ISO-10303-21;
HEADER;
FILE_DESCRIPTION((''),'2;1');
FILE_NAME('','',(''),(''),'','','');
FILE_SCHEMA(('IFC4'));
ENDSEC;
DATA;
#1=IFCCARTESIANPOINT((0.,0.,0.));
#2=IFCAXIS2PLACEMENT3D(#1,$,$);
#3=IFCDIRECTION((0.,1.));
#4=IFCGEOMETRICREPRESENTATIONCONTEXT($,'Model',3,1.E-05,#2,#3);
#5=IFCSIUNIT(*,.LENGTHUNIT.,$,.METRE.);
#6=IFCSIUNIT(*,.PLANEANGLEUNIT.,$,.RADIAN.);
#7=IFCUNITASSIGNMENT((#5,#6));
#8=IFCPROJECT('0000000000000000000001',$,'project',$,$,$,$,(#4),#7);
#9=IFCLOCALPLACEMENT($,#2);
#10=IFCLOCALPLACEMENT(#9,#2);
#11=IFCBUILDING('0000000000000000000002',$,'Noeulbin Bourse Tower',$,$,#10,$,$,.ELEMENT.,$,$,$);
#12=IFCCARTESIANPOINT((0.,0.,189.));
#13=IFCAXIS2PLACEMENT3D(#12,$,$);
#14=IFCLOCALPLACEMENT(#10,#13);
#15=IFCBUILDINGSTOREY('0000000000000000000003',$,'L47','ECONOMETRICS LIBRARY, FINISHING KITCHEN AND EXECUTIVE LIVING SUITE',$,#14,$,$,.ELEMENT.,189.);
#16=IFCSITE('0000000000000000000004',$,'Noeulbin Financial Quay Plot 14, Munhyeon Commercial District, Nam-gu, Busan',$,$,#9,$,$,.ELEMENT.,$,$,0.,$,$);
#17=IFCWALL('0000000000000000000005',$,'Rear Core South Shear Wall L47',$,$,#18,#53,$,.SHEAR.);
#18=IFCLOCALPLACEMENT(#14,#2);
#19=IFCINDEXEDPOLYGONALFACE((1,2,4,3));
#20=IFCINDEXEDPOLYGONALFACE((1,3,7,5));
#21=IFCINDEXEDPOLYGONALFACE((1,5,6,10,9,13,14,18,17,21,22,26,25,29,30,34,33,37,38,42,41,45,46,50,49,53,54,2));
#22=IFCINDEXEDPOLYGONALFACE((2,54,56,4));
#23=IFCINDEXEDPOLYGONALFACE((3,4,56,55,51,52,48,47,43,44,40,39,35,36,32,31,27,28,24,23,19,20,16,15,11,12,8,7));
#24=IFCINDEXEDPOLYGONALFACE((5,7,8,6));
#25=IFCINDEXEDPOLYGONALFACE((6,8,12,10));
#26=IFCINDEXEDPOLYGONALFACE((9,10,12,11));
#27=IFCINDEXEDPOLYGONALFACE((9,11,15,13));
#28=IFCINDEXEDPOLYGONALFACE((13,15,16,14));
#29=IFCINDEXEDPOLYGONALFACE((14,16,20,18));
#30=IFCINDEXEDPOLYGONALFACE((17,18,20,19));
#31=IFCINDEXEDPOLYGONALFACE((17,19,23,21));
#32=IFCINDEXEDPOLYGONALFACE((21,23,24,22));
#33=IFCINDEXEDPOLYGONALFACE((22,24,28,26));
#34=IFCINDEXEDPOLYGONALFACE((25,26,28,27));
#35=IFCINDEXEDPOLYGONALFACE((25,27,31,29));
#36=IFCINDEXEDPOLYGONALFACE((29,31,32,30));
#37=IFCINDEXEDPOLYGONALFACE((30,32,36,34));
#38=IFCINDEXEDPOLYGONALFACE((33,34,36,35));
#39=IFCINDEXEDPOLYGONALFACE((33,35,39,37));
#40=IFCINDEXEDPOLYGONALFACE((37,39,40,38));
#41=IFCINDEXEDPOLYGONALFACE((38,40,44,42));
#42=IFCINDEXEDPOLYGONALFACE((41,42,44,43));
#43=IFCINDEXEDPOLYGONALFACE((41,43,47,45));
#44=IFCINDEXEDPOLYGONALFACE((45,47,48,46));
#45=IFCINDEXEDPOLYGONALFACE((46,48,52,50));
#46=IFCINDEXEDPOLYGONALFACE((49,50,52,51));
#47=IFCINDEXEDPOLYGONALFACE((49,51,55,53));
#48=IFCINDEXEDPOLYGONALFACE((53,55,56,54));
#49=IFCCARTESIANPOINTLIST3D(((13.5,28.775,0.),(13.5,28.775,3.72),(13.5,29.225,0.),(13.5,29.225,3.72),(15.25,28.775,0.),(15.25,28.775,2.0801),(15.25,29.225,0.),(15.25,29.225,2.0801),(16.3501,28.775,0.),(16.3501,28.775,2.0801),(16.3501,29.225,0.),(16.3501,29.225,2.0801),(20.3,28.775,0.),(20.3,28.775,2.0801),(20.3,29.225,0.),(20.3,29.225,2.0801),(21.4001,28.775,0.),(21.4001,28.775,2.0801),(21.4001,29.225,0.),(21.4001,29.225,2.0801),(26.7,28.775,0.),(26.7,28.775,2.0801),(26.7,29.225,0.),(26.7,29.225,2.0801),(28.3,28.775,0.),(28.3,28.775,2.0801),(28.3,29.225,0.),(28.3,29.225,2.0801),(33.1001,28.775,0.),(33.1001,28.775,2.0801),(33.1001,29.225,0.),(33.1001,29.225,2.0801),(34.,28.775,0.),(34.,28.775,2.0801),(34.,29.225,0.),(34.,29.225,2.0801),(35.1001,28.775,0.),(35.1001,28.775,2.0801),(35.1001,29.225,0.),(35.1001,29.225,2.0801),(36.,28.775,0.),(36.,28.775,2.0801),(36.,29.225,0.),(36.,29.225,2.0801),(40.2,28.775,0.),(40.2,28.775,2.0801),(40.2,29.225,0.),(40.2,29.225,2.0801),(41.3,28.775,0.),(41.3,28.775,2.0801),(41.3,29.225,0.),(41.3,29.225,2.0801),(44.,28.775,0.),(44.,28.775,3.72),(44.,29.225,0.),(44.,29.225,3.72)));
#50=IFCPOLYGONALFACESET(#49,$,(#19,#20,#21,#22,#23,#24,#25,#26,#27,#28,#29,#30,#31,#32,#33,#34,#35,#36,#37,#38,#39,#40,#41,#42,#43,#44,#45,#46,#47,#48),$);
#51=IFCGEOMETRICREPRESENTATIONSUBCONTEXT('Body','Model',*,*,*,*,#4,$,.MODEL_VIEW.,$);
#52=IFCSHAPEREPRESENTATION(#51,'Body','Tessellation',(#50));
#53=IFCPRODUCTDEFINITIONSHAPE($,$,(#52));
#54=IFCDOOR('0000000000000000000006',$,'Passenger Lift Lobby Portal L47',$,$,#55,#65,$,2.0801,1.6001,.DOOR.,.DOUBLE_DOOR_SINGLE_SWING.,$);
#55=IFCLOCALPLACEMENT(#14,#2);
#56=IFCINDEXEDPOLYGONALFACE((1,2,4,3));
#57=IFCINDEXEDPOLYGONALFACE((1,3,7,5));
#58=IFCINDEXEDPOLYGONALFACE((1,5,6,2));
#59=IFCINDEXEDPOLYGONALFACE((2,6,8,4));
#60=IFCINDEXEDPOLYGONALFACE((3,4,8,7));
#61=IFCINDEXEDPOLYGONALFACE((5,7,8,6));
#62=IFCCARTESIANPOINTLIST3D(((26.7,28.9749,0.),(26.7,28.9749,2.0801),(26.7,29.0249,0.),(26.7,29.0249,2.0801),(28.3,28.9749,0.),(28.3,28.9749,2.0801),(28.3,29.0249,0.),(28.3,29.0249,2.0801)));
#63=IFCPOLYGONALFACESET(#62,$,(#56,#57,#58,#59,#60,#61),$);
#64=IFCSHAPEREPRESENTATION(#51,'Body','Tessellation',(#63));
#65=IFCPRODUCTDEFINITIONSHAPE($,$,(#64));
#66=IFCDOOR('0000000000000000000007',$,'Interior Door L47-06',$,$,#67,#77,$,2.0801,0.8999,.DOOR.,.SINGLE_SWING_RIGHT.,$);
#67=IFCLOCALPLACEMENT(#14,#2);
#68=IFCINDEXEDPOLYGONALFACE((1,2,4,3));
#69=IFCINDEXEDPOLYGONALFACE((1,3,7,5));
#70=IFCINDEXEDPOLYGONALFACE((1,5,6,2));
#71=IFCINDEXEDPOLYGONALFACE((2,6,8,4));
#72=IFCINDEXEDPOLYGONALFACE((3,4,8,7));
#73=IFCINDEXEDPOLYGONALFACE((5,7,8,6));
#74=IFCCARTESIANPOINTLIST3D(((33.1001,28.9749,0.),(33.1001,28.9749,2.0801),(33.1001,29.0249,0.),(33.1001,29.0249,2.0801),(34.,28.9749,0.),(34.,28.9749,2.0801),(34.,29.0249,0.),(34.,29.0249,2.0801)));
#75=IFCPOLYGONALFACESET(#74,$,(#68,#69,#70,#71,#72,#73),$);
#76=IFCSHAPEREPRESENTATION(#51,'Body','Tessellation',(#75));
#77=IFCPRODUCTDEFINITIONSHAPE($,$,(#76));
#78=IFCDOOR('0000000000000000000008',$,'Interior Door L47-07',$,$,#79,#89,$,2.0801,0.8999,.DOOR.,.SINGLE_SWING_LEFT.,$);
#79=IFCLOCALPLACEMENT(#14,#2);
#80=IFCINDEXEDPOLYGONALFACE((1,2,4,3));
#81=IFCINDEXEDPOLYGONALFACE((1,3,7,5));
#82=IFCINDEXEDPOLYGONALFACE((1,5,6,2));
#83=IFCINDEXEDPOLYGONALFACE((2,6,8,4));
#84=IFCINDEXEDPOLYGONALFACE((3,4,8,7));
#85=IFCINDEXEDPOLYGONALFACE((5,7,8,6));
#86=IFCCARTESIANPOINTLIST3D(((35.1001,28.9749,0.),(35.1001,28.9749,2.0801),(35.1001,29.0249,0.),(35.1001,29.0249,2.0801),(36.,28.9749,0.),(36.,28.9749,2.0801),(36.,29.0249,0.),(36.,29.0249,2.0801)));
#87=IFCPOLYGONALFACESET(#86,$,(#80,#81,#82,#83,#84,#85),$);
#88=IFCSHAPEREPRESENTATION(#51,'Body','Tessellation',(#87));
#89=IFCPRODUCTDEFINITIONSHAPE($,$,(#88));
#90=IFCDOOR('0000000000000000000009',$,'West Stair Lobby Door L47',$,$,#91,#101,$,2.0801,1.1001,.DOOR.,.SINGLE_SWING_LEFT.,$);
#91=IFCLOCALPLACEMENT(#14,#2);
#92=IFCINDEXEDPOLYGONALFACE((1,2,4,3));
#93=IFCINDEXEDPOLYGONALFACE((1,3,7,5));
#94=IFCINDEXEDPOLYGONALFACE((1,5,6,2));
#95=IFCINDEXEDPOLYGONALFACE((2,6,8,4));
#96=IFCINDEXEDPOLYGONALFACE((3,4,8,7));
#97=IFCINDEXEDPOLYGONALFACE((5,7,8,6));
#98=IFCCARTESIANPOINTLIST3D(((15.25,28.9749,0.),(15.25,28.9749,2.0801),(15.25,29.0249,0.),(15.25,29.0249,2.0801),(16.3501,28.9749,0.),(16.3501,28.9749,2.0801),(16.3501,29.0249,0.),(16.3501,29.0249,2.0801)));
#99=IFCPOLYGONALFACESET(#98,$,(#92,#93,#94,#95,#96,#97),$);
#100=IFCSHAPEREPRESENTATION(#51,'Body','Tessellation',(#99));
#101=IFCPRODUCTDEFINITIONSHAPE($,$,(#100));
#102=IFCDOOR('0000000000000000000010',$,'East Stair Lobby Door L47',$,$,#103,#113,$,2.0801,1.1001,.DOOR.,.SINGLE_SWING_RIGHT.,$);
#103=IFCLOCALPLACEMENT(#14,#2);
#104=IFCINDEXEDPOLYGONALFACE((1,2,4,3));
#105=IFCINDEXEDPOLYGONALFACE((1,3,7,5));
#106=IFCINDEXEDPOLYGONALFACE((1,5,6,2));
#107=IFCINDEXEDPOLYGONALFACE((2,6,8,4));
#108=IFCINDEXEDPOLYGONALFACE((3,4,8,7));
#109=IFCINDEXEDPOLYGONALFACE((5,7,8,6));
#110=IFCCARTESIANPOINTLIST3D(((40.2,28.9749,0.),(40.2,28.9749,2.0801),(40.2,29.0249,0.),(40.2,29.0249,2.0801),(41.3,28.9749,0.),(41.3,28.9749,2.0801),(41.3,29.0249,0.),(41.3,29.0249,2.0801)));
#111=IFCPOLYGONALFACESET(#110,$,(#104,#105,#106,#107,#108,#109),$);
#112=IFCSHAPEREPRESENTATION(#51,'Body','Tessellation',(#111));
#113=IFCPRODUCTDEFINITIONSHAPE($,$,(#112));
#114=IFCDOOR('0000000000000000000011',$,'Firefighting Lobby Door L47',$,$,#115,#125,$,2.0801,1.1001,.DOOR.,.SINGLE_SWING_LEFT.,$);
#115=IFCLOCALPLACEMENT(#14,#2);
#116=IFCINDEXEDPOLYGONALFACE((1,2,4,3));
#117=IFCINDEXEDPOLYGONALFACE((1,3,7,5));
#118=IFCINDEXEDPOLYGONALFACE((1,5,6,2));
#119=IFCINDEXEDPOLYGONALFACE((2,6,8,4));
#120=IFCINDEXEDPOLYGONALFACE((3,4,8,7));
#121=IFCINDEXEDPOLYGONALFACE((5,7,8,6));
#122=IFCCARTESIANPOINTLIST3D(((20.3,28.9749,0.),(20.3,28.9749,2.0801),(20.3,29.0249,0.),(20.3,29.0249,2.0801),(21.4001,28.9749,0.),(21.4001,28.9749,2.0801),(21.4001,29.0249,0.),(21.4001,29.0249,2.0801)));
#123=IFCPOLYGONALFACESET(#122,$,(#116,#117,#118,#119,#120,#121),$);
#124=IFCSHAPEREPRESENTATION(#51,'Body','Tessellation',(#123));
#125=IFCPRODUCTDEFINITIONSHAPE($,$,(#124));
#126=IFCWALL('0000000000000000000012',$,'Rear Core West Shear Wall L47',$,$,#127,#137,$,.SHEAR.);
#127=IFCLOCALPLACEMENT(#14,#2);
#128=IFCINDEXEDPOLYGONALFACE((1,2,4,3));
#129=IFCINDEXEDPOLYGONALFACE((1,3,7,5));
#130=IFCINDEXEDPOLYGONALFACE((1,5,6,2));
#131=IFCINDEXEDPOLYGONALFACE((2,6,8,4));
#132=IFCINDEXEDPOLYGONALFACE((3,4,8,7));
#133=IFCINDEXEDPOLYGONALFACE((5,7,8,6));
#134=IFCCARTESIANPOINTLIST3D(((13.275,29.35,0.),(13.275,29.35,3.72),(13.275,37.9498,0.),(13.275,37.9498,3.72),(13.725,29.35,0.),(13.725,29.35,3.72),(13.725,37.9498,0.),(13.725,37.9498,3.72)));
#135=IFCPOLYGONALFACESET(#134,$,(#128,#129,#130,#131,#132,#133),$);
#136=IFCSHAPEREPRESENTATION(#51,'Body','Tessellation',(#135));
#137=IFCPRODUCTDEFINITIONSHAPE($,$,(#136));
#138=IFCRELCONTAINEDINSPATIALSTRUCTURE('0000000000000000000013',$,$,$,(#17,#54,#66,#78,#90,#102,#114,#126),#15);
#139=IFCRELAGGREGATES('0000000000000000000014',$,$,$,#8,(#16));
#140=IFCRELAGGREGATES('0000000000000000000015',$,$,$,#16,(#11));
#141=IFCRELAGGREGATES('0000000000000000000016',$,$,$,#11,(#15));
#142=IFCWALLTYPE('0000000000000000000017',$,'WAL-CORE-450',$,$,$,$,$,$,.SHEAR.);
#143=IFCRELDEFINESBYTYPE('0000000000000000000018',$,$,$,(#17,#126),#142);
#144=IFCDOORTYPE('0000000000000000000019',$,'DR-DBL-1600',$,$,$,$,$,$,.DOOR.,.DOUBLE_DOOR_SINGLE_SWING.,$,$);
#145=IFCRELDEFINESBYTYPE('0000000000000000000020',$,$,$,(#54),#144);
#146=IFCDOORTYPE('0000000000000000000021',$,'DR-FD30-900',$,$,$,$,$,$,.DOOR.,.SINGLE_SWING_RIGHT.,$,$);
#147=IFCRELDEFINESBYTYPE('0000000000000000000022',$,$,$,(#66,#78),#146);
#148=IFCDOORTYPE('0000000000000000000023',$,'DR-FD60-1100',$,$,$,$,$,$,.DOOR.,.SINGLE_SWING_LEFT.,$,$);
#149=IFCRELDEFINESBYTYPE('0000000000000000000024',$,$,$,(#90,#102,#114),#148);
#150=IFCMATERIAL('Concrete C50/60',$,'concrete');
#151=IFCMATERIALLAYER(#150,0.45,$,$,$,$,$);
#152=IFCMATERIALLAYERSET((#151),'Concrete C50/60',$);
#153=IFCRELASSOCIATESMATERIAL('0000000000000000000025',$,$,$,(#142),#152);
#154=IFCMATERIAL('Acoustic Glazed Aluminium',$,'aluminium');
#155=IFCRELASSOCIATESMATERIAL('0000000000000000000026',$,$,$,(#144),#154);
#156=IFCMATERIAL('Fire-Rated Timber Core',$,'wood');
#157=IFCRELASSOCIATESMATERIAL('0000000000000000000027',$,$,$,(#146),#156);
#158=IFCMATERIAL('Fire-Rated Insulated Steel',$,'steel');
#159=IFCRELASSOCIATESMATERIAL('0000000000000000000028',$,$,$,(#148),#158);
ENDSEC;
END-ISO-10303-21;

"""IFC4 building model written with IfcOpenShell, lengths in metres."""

from ifc_helpers import new_model, si_unit, direction, frame, frame_2d, origin, place, context, subcontext, project, spatial, rectangle, extrude, material, layer, layer_set, type_object, element, fill, save


model = new_model("IFC4")

# Units and contexts
model_context = context("Model", 3, precision=1e-05, world=origin(), true_north=direction((0.0, 1.0)))
body_context = subcontext(model_context, "Body", "Model", "MODEL_VIEW")
ifc_project = project(units=[si_unit("LENGTHUNIT", "METRE"), si_unit("PLANEANGLEUNIT", "RADIAN")], contexts=[model_context])

# Site, building, storey
site_placement = place(None, origin())
site = spatial("IfcSite", under=ifc_project, at=site_placement, Name="Noeulbin Financial Quay Plot 14, Munhyeon Commercial District, Nam-gu, Busan", CompositionType="ELEMENT", RefElevation=0.0)
building_placement = place(site_placement, origin())
building = spatial("IfcBuilding", under=site, at=building_placement, Name="Noeulbin Bourse Tower", CompositionType="ELEMENT")
storey_placement = place(building_placement, frame((0.0, 0.0, 189.0)))
storey = spatial("IfcBuildingStorey", under=building, at=storey_placement, Name="L47", Description="ECONOMETRICS LIBRARY, FINISHING KITCHEN AND EXECUTIVE LIVING SUITE", CompositionType="ELEMENT", Elevation=189.0)

# Wall, openings, doors
ifc_material_1 = material(Name="Concrete C50/60", Category="concrete")
ifc_layer_1 = layer(ifc_material_1, 0.45)
ifc_layer_set_1 = layer_set([ifc_layer_1], Name="Concrete C50/60")
wall_type_1 = type_object("IfcWallType", Name="WAL-CORE-450", PredefinedType="SHEAR", material=ifc_layer_set_1)
wall_1_placement = place(storey_placement, frame((13.5, 29.0, 0.0), z_axis=(0.0, 0.0, 1.0), x_axis=(1.0, 0.0, 0.0)))
wall_1 = element("IfcWall", 1, at=wall_1_placement, inside=storey, type_object=wall_type_1, Name="Rear Core South Shear Wall L47", PredefinedType="SHEAR", context=body_context, shape_type="SweptSolid", body=[
    extrude(rectangle(XDim=30.5, YDim=0.45, at=frame_2d((15.25, 0.0))), origin(), (0.0, 0.0, 1.0), 3.72),
])
opening_1_placement = place(wall_1_placement, frame((1.75, 0.0, 0.0)))
opening_1 = element("IfcOpeningElement", 2, at=opening_1_placement, cuts=wall_1, PredefinedType="OPENING", context=body_context, shape_type="SweptSolid", body=[
    extrude(rectangle(XDim=1.1001, YDim=2.0801, at=frame_2d((0.55, 1.04))), frame((0.0, 0.2349, 0.0), z_axis=(0.0, -1.0, 0.0), x_axis=(1.0, 0.0, 0.0)), (0.0, 0.0, 1.0), 0.47),
])
opening_2_placement = place(wall_1_placement, frame((26.7, 0.0, 0.0)))
opening_2 = element("IfcOpeningElement", 3, at=opening_2_placement, cuts=wall_1, PredefinedType="OPENING", context=body_context, shape_type="SweptSolid", body=[
    extrude(rectangle(XDim=1.1001, YDim=2.0801, at=frame_2d((0.55, 1.04))), frame((0.0, 0.2349, 0.0), z_axis=(0.0, -1.0, 0.0), x_axis=(1.0, 0.0, 0.0)), (0.0, 0.0, 1.0), 0.47),
])
opening_3_placement = place(wall_1_placement, frame((6.8, 0.0, 0.0)))
opening_3 = element("IfcOpeningElement", 4, at=opening_3_placement, cuts=wall_1, PredefinedType="OPENING", context=body_context, shape_type="SweptSolid", body=[
    extrude(rectangle(XDim=1.1001, YDim=2.0801, at=frame_2d((0.55, 1.04))), frame((0.0, 0.2349, 0.0), z_axis=(0.0, -1.0, 0.0), x_axis=(1.0, 0.0, 0.0)), (0.0, 0.0, 1.0), 0.47),
])
opening_4_placement = place(wall_1_placement, frame((13.2, 0.0, 0.0)))
opening_4 = element("IfcOpeningElement", 5, at=opening_4_placement, cuts=wall_1, PredefinedType="OPENING", context=body_context, shape_type="SweptSolid", body=[
    extrude(rectangle(XDim=1.6001, YDim=2.0801, at=frame_2d((0.8, 1.04))), frame((0.0, 0.2349, 0.0), z_axis=(0.0, -1.0, 0.0), x_axis=(1.0, 0.0, 0.0)), (0.0, 0.0, 1.0), 0.47),
])
opening_5_placement = place(wall_1_placement, frame((19.6001, 0.0, 0.0)))
opening_5 = element("IfcOpeningElement", 6, at=opening_5_placement, cuts=wall_1, PredefinedType="OPENING", context=body_context, shape_type="SweptSolid", body=[
    extrude(rectangle(XDim=0.8999, YDim=2.0801, at=frame_2d((0.45, 1.04))), frame((0.0, 0.2349, 0.0), z_axis=(0.0, -1.0, 0.0), x_axis=(1.0, 0.0, 0.0)), (0.0, 0.0, 1.0), 0.47),
])
opening_6_placement = place(wall_1_placement, frame((21.6001, 0.0, 0.0)))
opening_6 = element("IfcOpeningElement", 7, at=opening_6_placement, cuts=wall_1, PredefinedType="OPENING", context=body_context, shape_type="SweptSolid", body=[
    extrude(rectangle(XDim=0.8999, YDim=2.0801, at=frame_2d((0.45, 1.04))), frame((0.0, 0.2349, 0.0), z_axis=(0.0, -1.0, 0.0), x_axis=(1.0, 0.0, 0.0)), (0.0, 0.0, 1.0), 0.47),
])
ifc_material_2 = material(Name="Acoustic Glazed Aluminium", Category="aluminium")
door_type_1 = type_object("IfcDoorType", Name="DR-DBL-1600", OperationType="DOUBLE_DOOR_SINGLE_SWING", PredefinedType="DOOR", material=ifc_material_2)
door_1_placement = place(opening_4_placement, origin())
door_1 = element("IfcDoor", 8, at=door_1_placement, inside=storey, type_object=door_type_1, Name="Passenger Lift Lobby Portal L47", OperationType="DOUBLE_DOOR_SINGLE_SWING", OverallHeight=2.0801, OverallWidth=1.6001, PredefinedType="DOOR", context=body_context, shape_type="SweptSolid", body=[
    extrude(rectangle(XDim=1.6001, YDim=2.0801, at=frame_2d((0.8, 1.04))), frame((0.0, 0.0249, 0.0), z_axis=(0.0, -1.0, 0.0), x_axis=(1.0, 0.0, 0.0)), (0.0, 0.0, 1.0), 0.05),
])
fill(opening_4, door_1)
ifc_material_3 = material(Name="Fire-Rated Timber Core", Category="wood")
door_type_2 = type_object("IfcDoorType", Name="DR-FD30-900", OperationType="SINGLE_SWING_RIGHT", PredefinedType="DOOR", material=ifc_material_3)
door_2_placement = place(opening_5_placement, origin())
door_2 = element("IfcDoor", 9, at=door_2_placement, inside=storey, type_object=door_type_2, Name="Interior Door L47-06", OperationType="SINGLE_SWING_RIGHT", OverallHeight=2.0801, OverallWidth=0.8999, PredefinedType="DOOR", context=body_context, shape_type="SweptSolid", body=[
    extrude(rectangle(XDim=0.8999, YDim=2.0801, at=frame_2d((0.45, 1.04))), frame((0.0, 0.0249, 0.0), z_axis=(0.0, -1.0, 0.0), x_axis=(1.0, 0.0, 0.0)), (0.0, 0.0, 1.0), 0.05),
])
fill(opening_5, door_2)
door_3_placement = place(opening_6_placement, origin())
door_3 = element("IfcDoor", 10, at=door_3_placement, inside=storey, type_object=door_type_2, Name="Interior Door L47-07", OperationType="SINGLE_SWING_LEFT", OverallHeight=2.0801, OverallWidth=0.8999, PredefinedType="DOOR", context=body_context, shape_type="SweptSolid", body=[
    extrude(rectangle(XDim=0.8999, YDim=2.0801, at=frame_2d((0.45, 1.04))), frame((0.0, 0.0249, 0.0), z_axis=(0.0, -1.0, 0.0), x_axis=(1.0, 0.0, 0.0)), (0.0, 0.0, 1.0), 0.05),
])
fill(opening_6, door_3)
ifc_material_4 = material(Name="Fire-Rated Insulated Steel", Category="steel")
door_type_3 = type_object("IfcDoorType", Name="DR-FD60-1100", OperationType="SINGLE_SWING_LEFT", PredefinedType="DOOR", material=ifc_material_4)
door_4_placement = place(opening_1_placement, origin())
door_4 = element("IfcDoor", 11, at=door_4_placement, inside=storey, type_object=door_type_3, Name="West Stair Lobby Door L47", OperationType="SINGLE_SWING_LEFT", OverallHeight=2.0801, OverallWidth=1.1001, PredefinedType="DOOR", context=body_context, shape_type="SweptSolid", body=[
    extrude(rectangle(XDim=1.1001, YDim=2.0801, at=frame_2d((0.55, 1.04))), frame((0.0, 0.0249, 0.0), z_axis=(0.0, -1.0, 0.0), x_axis=(1.0, 0.0, 0.0)), (0.0, 0.0, 1.0), 0.05),
])
fill(opening_1, door_4)
door_5_placement = place(opening_2_placement, origin())
door_5 = element("IfcDoor", 12, at=door_5_placement, inside=storey, type_object=door_type_3, Name="East Stair Lobby Door L47", OperationType="SINGLE_SWING_RIGHT", OverallHeight=2.0801, OverallWidth=1.1001, PredefinedType="DOOR", context=body_context, shape_type="SweptSolid", body=[
    extrude(rectangle(XDim=1.1001, YDim=2.0801, at=frame_2d((0.55, 1.04))), frame((0.0, 0.0249, 0.0), z_axis=(0.0, -1.0, 0.0), x_axis=(1.0, 0.0, 0.0)), (0.0, 0.0, 1.0), 0.05),
])
fill(opening_2, door_5)
door_6_placement = place(opening_3_placement, origin())
door_6 = element("IfcDoor", 13, at=door_6_placement, inside=storey, type_object=door_type_3, Name="Firefighting Lobby Door L47", OperationType="SINGLE_SWING_LEFT", OverallHeight=2.0801, OverallWidth=1.1001, PredefinedType="DOOR", context=body_context, shape_type="SweptSolid", body=[
    extrude(rectangle(XDim=1.1001, YDim=2.0801, at=frame_2d((0.55, 1.04))), frame((0.0, 0.0249, 0.0), z_axis=(0.0, -1.0, 0.0), x_axis=(1.0, 0.0, 0.0)), (0.0, 0.0, 1.0), 0.05),
])
fill(opening_3, door_6)

# Wall
wall_2_placement = place(storey_placement, frame((13.5, 29.3501, 0.0), z_axis=(0.0, 0.0, 1.0), x_axis=(0.0, 1.0, 0.0)))
element("IfcWall", 14, at=wall_2_placement, inside=storey, type_object=wall_type_1, Name="Rear Core West Shear Wall L47", PredefinedType="SHEAR", context=body_context, shape_type="SweptSolid", body=[
    extrude(rectangle(XDim=8.5999, YDim=0.45, at=frame_2d((4.2998, 0.0))), origin(), (0.0, 0.0, 1.0), 3.72),
])

save(model, "model.ifc")
